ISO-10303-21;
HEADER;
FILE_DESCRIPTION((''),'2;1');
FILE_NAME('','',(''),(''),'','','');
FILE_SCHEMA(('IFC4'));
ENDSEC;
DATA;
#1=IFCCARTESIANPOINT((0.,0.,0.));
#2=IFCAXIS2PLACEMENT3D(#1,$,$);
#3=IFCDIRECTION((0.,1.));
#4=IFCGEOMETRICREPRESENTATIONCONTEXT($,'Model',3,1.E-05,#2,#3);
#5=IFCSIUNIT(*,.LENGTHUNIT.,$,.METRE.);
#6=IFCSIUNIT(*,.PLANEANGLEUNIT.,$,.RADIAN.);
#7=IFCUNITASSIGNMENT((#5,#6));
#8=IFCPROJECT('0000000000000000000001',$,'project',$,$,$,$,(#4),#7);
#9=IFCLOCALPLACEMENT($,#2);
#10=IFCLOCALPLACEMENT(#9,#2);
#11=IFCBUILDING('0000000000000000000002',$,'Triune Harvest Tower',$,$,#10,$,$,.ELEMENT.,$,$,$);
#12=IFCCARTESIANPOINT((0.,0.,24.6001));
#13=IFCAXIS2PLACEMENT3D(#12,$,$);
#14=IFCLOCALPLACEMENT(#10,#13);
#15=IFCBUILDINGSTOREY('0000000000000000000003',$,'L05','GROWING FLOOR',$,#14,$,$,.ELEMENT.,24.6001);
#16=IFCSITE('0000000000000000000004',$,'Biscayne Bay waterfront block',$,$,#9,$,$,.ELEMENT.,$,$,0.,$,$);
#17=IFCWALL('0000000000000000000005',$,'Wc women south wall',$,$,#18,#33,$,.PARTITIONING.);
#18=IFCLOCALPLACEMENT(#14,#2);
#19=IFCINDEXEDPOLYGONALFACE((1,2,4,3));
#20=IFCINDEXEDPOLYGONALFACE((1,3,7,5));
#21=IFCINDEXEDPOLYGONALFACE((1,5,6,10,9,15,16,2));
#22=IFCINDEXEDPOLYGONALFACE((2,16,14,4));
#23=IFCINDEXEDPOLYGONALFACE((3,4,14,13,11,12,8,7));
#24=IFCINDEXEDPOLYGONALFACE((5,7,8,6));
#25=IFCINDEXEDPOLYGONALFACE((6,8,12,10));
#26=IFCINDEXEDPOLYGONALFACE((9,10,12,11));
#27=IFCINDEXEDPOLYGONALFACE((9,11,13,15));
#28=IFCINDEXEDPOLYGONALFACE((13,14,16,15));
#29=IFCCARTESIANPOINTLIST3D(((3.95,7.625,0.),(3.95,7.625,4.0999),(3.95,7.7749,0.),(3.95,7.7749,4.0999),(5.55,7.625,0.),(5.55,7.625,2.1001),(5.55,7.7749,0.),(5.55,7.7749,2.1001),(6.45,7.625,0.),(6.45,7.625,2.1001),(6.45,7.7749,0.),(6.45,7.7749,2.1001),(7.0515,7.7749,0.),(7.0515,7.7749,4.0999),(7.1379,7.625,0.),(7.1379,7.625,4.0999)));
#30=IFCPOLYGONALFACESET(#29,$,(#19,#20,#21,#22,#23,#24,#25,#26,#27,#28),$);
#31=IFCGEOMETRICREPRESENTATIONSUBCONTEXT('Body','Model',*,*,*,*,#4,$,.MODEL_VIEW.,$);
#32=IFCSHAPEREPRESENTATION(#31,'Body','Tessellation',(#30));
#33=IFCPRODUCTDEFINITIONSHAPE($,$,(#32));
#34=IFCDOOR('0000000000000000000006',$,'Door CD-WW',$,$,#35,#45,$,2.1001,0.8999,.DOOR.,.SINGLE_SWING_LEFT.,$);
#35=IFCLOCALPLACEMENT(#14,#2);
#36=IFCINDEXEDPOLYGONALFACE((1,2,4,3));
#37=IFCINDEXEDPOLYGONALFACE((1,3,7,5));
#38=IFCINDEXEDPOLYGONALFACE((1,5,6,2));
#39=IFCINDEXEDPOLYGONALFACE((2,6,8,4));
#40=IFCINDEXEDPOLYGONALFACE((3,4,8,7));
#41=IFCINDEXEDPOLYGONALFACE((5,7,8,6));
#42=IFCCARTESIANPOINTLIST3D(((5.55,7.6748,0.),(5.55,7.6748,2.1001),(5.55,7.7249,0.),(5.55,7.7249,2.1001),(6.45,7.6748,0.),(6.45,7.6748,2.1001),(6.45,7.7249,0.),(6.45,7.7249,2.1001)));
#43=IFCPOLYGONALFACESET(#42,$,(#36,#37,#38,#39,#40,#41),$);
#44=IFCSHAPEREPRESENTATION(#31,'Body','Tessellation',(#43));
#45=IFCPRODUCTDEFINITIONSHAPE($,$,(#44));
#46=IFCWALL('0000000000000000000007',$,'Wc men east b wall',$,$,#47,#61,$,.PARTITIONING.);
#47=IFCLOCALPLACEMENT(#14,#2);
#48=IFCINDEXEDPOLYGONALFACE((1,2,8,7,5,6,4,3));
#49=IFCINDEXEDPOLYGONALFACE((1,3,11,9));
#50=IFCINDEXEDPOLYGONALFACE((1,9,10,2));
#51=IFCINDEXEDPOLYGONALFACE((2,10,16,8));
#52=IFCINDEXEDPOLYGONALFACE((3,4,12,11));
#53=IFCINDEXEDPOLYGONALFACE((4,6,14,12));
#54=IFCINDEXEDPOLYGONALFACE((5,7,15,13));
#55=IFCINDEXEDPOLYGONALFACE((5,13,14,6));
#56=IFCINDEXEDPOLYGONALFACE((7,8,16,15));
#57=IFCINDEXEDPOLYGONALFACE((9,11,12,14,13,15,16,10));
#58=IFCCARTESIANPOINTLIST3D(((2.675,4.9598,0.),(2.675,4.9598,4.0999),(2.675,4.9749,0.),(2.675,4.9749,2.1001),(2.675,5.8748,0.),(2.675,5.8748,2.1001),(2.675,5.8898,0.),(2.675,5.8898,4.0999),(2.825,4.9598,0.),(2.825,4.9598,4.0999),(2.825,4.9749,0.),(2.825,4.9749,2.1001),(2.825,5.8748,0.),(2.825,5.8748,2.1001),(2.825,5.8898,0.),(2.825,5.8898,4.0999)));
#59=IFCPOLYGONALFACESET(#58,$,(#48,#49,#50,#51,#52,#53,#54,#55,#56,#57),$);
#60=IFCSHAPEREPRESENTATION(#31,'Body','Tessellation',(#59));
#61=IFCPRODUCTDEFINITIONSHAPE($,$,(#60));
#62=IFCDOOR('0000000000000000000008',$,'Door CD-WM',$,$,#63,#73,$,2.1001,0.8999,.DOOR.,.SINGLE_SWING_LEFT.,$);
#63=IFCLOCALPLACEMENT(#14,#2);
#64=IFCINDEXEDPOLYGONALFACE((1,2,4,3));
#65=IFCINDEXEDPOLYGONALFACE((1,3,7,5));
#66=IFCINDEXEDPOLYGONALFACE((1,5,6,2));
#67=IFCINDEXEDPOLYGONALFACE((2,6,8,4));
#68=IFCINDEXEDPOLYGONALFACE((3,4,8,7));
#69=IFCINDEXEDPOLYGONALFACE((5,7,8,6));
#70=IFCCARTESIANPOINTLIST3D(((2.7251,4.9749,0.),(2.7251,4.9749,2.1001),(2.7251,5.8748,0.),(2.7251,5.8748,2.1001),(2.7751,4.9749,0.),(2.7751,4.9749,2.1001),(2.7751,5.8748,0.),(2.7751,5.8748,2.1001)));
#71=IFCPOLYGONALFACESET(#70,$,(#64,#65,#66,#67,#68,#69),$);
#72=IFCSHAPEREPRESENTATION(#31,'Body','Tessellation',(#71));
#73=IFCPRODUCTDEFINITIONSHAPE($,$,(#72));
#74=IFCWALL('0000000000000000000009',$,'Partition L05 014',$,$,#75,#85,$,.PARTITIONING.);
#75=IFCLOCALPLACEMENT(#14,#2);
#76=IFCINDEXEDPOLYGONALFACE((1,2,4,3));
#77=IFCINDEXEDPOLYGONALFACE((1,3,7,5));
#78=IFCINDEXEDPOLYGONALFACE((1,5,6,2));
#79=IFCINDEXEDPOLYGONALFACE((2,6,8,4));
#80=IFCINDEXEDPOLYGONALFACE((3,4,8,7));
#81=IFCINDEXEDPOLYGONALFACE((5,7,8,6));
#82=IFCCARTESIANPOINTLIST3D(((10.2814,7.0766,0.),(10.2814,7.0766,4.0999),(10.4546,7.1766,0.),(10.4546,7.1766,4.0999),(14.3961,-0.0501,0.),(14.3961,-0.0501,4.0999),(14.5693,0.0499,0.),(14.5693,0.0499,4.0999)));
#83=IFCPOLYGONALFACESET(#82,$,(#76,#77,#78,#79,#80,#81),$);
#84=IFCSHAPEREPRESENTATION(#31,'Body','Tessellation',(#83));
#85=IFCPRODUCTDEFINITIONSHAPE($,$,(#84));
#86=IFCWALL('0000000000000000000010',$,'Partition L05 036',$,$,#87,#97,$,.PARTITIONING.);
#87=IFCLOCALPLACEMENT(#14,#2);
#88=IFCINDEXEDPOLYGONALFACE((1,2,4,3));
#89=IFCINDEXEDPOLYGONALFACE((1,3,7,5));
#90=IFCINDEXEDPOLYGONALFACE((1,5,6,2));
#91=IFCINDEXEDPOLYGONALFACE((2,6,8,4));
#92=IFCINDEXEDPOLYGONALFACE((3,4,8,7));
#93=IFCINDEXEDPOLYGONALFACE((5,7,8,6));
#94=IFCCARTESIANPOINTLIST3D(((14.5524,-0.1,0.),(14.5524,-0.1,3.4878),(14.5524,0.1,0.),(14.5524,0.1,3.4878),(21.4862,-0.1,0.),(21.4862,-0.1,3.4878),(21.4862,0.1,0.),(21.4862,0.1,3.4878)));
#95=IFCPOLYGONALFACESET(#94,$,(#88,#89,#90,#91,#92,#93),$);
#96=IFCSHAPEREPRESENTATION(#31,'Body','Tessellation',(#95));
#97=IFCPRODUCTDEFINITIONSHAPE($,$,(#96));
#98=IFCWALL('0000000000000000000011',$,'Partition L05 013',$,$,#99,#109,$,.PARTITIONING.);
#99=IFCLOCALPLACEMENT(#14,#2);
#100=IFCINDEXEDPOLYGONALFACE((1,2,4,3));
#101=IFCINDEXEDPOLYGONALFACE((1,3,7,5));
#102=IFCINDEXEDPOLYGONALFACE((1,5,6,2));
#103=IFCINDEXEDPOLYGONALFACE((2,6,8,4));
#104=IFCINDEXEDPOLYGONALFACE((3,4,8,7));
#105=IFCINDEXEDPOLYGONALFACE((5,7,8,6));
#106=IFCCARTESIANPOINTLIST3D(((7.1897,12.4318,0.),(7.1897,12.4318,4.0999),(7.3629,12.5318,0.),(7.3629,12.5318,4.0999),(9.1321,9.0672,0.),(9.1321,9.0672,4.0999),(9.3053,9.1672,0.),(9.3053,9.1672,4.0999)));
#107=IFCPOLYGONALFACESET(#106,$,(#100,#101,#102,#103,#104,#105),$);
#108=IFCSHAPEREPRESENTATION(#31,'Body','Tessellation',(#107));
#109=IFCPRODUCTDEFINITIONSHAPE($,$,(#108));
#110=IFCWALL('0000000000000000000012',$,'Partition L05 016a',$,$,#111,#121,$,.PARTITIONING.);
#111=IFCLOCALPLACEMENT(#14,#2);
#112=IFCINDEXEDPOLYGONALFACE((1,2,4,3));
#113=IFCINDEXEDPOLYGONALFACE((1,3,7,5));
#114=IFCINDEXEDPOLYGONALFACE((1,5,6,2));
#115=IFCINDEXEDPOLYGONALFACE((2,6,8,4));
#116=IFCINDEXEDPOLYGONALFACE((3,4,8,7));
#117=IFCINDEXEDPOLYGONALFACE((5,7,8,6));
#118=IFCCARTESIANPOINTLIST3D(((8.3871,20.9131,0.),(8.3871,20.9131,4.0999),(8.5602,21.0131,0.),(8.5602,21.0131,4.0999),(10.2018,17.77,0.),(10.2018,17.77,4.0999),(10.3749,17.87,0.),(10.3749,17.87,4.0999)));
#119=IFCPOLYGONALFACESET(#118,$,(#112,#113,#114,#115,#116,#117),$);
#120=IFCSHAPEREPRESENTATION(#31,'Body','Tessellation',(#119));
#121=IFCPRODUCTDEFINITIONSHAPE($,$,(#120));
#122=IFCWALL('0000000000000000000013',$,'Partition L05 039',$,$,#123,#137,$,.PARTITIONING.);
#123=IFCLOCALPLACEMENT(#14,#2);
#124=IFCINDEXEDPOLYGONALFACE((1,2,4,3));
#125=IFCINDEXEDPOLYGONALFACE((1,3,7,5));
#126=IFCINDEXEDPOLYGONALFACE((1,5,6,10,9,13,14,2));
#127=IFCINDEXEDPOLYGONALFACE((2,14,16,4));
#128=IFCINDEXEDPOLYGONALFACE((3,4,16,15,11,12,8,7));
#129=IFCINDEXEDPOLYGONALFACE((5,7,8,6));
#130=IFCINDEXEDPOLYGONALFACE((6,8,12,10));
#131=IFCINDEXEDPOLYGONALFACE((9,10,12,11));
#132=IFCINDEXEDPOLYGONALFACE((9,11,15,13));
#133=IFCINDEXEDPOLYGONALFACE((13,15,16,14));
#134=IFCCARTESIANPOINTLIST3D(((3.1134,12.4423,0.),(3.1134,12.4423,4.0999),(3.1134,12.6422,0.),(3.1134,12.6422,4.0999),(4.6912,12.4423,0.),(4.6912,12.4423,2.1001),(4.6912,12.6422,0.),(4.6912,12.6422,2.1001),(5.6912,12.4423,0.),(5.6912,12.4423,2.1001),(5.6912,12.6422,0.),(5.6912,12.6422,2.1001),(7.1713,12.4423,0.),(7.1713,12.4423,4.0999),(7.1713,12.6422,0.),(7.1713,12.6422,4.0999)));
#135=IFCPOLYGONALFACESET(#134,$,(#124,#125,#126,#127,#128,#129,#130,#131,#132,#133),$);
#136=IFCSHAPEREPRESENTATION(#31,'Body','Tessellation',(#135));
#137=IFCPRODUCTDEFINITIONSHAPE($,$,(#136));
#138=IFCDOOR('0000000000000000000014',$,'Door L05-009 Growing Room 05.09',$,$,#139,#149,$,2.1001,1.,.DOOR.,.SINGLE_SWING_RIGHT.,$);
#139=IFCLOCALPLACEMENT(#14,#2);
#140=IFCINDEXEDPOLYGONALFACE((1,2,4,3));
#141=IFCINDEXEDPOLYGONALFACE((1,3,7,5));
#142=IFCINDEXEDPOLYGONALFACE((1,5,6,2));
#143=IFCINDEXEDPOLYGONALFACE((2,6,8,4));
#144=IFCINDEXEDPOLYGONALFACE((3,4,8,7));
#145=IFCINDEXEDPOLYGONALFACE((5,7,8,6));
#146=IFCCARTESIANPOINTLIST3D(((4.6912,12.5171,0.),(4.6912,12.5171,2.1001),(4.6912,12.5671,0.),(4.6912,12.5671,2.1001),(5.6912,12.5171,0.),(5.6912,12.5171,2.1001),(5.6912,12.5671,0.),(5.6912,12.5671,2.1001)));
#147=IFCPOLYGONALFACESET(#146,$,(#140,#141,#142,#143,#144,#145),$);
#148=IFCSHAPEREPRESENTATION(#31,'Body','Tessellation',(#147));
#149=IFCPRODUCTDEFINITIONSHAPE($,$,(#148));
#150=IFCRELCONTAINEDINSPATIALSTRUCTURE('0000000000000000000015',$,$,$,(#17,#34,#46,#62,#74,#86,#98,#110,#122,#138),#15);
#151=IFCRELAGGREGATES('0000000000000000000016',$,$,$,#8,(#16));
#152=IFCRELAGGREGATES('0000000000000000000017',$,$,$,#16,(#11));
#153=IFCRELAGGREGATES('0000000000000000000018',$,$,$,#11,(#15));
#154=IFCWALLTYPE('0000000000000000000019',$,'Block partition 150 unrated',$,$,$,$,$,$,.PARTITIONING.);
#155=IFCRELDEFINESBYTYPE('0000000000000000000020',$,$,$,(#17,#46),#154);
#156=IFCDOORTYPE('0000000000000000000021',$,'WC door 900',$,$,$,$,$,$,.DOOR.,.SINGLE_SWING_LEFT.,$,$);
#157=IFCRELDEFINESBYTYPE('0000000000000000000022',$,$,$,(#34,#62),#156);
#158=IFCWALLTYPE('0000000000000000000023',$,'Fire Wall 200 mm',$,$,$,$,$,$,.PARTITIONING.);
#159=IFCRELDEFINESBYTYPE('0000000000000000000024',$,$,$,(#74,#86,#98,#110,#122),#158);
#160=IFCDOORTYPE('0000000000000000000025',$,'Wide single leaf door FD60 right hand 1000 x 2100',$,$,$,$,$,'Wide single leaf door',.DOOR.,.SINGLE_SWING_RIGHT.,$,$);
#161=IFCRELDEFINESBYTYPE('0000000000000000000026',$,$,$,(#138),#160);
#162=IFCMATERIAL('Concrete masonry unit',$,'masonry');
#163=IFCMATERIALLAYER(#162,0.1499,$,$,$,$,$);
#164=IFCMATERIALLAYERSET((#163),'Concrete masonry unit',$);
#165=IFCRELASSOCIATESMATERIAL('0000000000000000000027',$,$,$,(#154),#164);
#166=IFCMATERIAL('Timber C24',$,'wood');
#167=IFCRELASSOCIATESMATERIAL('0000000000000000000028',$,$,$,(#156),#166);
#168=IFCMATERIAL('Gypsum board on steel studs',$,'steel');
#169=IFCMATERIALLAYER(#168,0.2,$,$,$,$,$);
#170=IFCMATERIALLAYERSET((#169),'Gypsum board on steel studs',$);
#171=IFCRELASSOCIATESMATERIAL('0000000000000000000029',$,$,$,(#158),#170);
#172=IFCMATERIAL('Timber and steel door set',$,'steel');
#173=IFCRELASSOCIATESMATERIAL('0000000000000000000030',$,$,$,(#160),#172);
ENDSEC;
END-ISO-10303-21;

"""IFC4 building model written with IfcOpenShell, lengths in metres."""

from ifc_helpers import new_model, si_unit, direction, frame, frame_2d, origin, place, context, subcontext, project, spatial, polyline, rectangle, outline, extrude, source, transform, mapped, material, layer, layer_set, type_object, element, fill, save


model = new_model("IFC4")

# Units and contexts
model_context = context("Model", 3, precision=1e-05, world=origin(), true_north=direction((0.0, 1.0)))
body_context = subcontext(model_context, "Body", "Model", "MODEL_VIEW")
ifc_project = project(units=[si_unit("LENGTHUNIT", "METRE"), si_unit("PLANEANGLEUNIT", "RADIAN")], contexts=[model_context])

# Site, building, storey
site_placement = place(None, origin())
site = spatial("IfcSite", under=ifc_project, at=site_placement, Name="Biscayne Bay waterfront block", CompositionType="ELEMENT", RefElevation=0.0)
building_placement = place(site_placement, origin())
building = spatial("IfcBuilding", under=site, at=building_placement, Name="Triune Harvest Tower", CompositionType="ELEMENT")
storey_placement = place(building_placement, frame((0.0, 0.0, 24.6001)))
storey = spatial("IfcBuildingStorey", under=building, at=storey_placement, Name="L05", Description="GROWING FLOOR", CompositionType="ELEMENT", Elevation=24.6001)

# Walls, openings, doors
ifc_material_1 = material(Name="Concrete masonry unit", Category="masonry")
ifc_layer_1 = layer(ifc_material_1, 0.1499)
ifc_layer_set_1 = layer_set([ifc_layer_1], Name="Concrete masonry unit")
wall_type_1 = type_object("IfcWallType", Name="Block partition 150 unrated", PredefinedType="PARTITIONING", material=ifc_layer_set_1)
shared_shape_1 = source(origin(), body_context, "Body", "SweptSolid", [
    extrude(outline(polyline([(0.0, -0.075), (0.0, 0.075), (3.1016, 0.075), (3.188, -0.075), (0.0, -0.075)])), origin(), (0.0, 0.0, 1.0), 4.0999),
])
wall_1_placement = place(storey_placement, frame((3.95, 7.7, 0.0), z_axis=(0.0, 0.0, 1.0), x_axis=(1.0, 0.0, 0.0)))
wall_1 = element("IfcWall", 1, at=wall_1_placement, inside=storey, type_object=wall_type_1, Name="Wc women south wall", PredefinedType="PARTITIONING", context=body_context, shape_type="MappedRepresentation", body=[
    mapped(shared_shape_1, transform((0.0, 0.0, 0.0), scale=1.0)),
])
opening_1_placement = place(wall_1_placement, frame((1.6001, 0.0, 0.0)))
opening_1 = element("IfcOpeningElement", 2, at=opening_1_placement, cuts=wall_1, PredefinedType="OPENING", context=body_context, shape_type="SweptSolid", body=[
    extrude(rectangle(XDim=0.8999, YDim=2.1001, at=frame_2d((0.45, 1.05))), frame((0.0, 0.085, 0.0), z_axis=(0.0, -1.0, 0.0), x_axis=(1.0, 0.0, 0.0)), (0.0, 0.0, 1.0), 0.1699),
])
ifc_material_2 = material(Name="Timber C24", Category="wood")
door_type_1 = type_object("IfcDoorType", Name="WC door 900", OperationType="SINGLE_SWING_LEFT", PredefinedType="DOOR", material=ifc_material_2)
door_1_placement = place(opening_1_placement, origin())
door_1 = element("IfcDoor", 3, at=door_1_placement, inside=storey, type_object=door_type_1, Name="Door CD-WW", OperationType="SINGLE_SWING_LEFT", OverallHeight=2.1001, OverallWidth=0.8999, PredefinedType="DOOR", context=body_context, shape_type="SweptSolid", body=[
    extrude(rectangle(XDim=0.8999, YDim=2.1001, at=frame_2d((0.45, 1.05))), frame((0.0, 0.0249, 0.0), z_axis=(0.0, -1.0, 0.0), x_axis=(1.0, 0.0, 0.0)), (0.0, 0.0, 1.0), 0.05),
])
fill(opening_1, door_1)
shared_shape_2 = source(origin(), body_context, "Body", "SweptSolid", [
    extrude(rectangle(XDim=0.9299, YDim=0.1499, at=frame_2d((0.4648, 0.0))), origin(), (0.0, 0.0, 1.0), 4.0999),
])
wall_2_placement = place(storey_placement, frame((2.75, 4.96, 0.0), z_axis=(0.0, 0.0, 1.0), x_axis=(0.0, 1.0, 0.0)))
wall_2 = element("IfcWall", 4, at=wall_2_placement, inside=storey, type_object=wall_type_1, Name="Wc men east b wall", PredefinedType="PARTITIONING", context=body_context, shape_type="MappedRepresentation", body=[
    mapped(shared_shape_2, transform((0.0, 0.0, 0.0), scale=1.0)),
])
opening_2_placement = place(wall_2_placement, frame((0.0149, 0.0, 0.0)))
opening_2 = element("IfcOpeningElement", 5, at=opening_2_placement, cuts=wall_2, PredefinedType="OPENING", context=body_context, shape_type="SweptSolid", body=[
    extrude(rectangle(XDim=0.8999, YDim=2.1001, at=frame_2d((0.45, 1.05))), frame((0.0, 0.085, 0.0), z_axis=(0.0, -1.0, 0.0), x_axis=(1.0, 0.0, 0.0)), (0.0, 0.0, 1.0), 0.1699),
])
door_2_placement = place(opening_2_placement, origin())
door_2 = element("IfcDoor", 6, at=door_2_placement, inside=storey, type_object=door_type_1, Name="Door CD-WM", OperationType="SINGLE_SWING_LEFT", OverallHeight=2.1001, OverallWidth=0.8999, PredefinedType="DOOR", context=body_context, shape_type="SweptSolid", body=[
    extrude(rectangle(XDim=0.8999, YDim=2.1001, at=frame_2d((0.45, 1.05))), frame((0.0, 0.0249, 0.0), z_axis=(0.0, -1.0, 0.0), x_axis=(1.0, 0.0, 0.0)), (0.0, 0.0, 1.0), 0.05),
])
fill(opening_2, door_2)

# Walls
ifc_material_3 = material(Name="Gypsum board on steel studs", Category="steel")
ifc_layer_2 = layer(ifc_material_3, 0.2)
ifc_layer_set_2 = layer_set([ifc_layer_2], Name="Gypsum board on steel studs")
wall_type_2 = type_object("IfcWallType", Name="Fire Wall 200 mm", PredefinedType="PARTITIONING", material=ifc_layer_set_2)
shared_shape_3 = source(origin(), body_context, "Body", "SweptSolid", [
    extrude(rectangle(XDim=8.2292, YDim=0.2, at=frame_2d((4.1147, 0.0))), origin(), (0.0, 0.0, 1.0), 4.0999),
])
wall_3_placement = place(storey_placement, frame((10.3679, 7.1267, 0.0), z_axis=(0.0, 0.0, 1.0), x_axis=(0.500013, -0.866018, 0.0)))
element("IfcWall", 7, at=wall_3_placement, inside=storey, type_object=wall_type_2, Name="Partition L05 014", PredefinedType="PARTITIONING", context=body_context, shape_type="MappedRepresentation", body=[
    mapped(shared_shape_3, transform((0.0, 0.0, 0.0), scale=1.0)),
])
shared_shape_4 = source(origin(), body_context, "Body", "SweptSolid", [
    extrude(rectangle(XDim=6.9338, YDim=0.2, at=frame_2d((3.4668, 0.0))), origin(), (0.0, 0.0, 1.0), 3.4878),
])
wall_4_placement = place(storey_placement, frame((14.5525, 0.0, 0.0), z_axis=(0.0, 0.0, 1.0), x_axis=(1.0, 0.0, 0.0)))
element("IfcWall", 8, at=wall_4_placement, inside=storey, type_object=wall_type_2, Name="Partition L05 036", PredefinedType="PARTITIONING", context=body_context, shape_type="MappedRepresentation", body=[
    mapped(shared_shape_4, transform((0.0, 0.0, 0.0), scale=1.0)),
])
shared_shape_5 = source(origin(), body_context, "Body", "SweptSolid", [
    extrude(rectangle(XDim=3.885, YDim=0.2, at=frame_2d((1.9424, 0.0))), origin(), (0.0, 0.0, 1.0), 4.0999),
])
wall_5_placement = place(storey_placement, frame((7.2764, 12.4817, 0.0), z_axis=(0.0, 0.0, 1.0), x_axis=(0.499978, -0.866038, 0.0)))
element("IfcWall", 9, at=wall_5_placement, inside=storey, type_object=wall_type_2, Name="Partition L05 013", PredefinedType="PARTITIONING", context=body_context, shape_type="MappedRepresentation", body=[
    mapped(shared_shape_5, transform((0.0, 0.0, 0.0), scale=1.0)),
])
shared_shape_6 = source(origin(), body_context, "Body", "SweptSolid", [
    extrude(rectangle(XDim=3.6294, YDim=0.2, at=frame_2d((1.8147, 0.0))), origin(), (0.0, 0.0, 1.0), 4.0999),
])
wall_6_placement = place(storey_placement, frame((8.4736, 20.9631, 0.0), z_axis=(0.0, 0.0, 1.0), x_axis=(0.50001, -0.86602, 0.0)))
element("IfcWall", 10, at=wall_6_placement, inside=storey, type_object=wall_type_2, Name="Partition L05 016a", PredefinedType="PARTITIONING", context=body_context, shape_type="MappedRepresentation", body=[
    mapped(shared_shape_6, transform((0.0, 0.0, 0.0), scale=1.0)),
])

# Wall, opening, door
shared_shape_7 = source(origin(), body_context, "Body", "SweptSolid", [
    extrude(rectangle(XDim=4.0579, YDim=0.2, at=frame_2d((2.0288, 0.0))), origin(), (0.0, 0.0, 1.0), 4.0999),
])
wall_7_placement = place(storey_placement, frame((3.1135, 12.5422, 0.0), z_axis=(0.0, 0.0, 1.0), x_axis=(1.0, 0.0, 0.0)))
wall_7 = element("IfcWall", 11, at=wall_7_placement, inside=storey, type_object=wall_type_2, Name="Partition L05 039", PredefinedType="PARTITIONING", context=body_context, shape_type="MappedRepresentation", body=[
    mapped(shared_shape_7, transform((0.0, 0.0, 0.0), scale=1.0)),
])
opening_3_placement = place(wall_7_placement, frame((1.5776, 0.0, 0.0)))
opening_3 = element("IfcOpeningElement", 12, at=opening_3_placement, cuts=wall_7, PredefinedType="OPENING", context=body_context, shape_type="SweptSolid", body=[
    extrude(rectangle(XDim=1.0, YDim=2.1001, at=frame_2d((0.5, 1.05))), frame((0.0, 0.1099, 0.0), z_axis=(0.0, -1.0, 0.0), x_axis=(1.0, 0.0, 0.0)), (0.0, 0.0, 1.0), 0.22),
])
ifc_material_4 = material(Name="Timber and steel door set", Category="steel")
door_type_2 = type_object("IfcDoorType", Name="Wide single leaf door FD60 right hand 1000 x 2100", ElementType="Wide single leaf door", OperationType="SINGLE_SWING_RIGHT", PredefinedType="DOOR", material=ifc_material_4)
door_3_placement = place(opening_3_placement, origin())
door_3 = element("IfcDoor", 13, at=door_3_placement, inside=storey, type_object=door_type_2, Name="Door L05-009 Growing Room 05.09", OperationType="SINGLE_SWING_RIGHT", OverallHeight=2.1001, OverallWidth=1.0, PredefinedType="DOOR", context=body_context, shape_type="SweptSolid", body=[
    extrude(rectangle(XDim=1.0, YDim=2.1001, at=frame_2d((0.5, 1.05))), frame((0.0, 0.0249, 0.0), z_axis=(0.0, -1.0, 0.0), x_axis=(1.0, 0.0, 0.0)), (0.0, 0.0, 1.0), 0.05),
])
fill(opening_3, door_3)

save(model, "model.ifc")
